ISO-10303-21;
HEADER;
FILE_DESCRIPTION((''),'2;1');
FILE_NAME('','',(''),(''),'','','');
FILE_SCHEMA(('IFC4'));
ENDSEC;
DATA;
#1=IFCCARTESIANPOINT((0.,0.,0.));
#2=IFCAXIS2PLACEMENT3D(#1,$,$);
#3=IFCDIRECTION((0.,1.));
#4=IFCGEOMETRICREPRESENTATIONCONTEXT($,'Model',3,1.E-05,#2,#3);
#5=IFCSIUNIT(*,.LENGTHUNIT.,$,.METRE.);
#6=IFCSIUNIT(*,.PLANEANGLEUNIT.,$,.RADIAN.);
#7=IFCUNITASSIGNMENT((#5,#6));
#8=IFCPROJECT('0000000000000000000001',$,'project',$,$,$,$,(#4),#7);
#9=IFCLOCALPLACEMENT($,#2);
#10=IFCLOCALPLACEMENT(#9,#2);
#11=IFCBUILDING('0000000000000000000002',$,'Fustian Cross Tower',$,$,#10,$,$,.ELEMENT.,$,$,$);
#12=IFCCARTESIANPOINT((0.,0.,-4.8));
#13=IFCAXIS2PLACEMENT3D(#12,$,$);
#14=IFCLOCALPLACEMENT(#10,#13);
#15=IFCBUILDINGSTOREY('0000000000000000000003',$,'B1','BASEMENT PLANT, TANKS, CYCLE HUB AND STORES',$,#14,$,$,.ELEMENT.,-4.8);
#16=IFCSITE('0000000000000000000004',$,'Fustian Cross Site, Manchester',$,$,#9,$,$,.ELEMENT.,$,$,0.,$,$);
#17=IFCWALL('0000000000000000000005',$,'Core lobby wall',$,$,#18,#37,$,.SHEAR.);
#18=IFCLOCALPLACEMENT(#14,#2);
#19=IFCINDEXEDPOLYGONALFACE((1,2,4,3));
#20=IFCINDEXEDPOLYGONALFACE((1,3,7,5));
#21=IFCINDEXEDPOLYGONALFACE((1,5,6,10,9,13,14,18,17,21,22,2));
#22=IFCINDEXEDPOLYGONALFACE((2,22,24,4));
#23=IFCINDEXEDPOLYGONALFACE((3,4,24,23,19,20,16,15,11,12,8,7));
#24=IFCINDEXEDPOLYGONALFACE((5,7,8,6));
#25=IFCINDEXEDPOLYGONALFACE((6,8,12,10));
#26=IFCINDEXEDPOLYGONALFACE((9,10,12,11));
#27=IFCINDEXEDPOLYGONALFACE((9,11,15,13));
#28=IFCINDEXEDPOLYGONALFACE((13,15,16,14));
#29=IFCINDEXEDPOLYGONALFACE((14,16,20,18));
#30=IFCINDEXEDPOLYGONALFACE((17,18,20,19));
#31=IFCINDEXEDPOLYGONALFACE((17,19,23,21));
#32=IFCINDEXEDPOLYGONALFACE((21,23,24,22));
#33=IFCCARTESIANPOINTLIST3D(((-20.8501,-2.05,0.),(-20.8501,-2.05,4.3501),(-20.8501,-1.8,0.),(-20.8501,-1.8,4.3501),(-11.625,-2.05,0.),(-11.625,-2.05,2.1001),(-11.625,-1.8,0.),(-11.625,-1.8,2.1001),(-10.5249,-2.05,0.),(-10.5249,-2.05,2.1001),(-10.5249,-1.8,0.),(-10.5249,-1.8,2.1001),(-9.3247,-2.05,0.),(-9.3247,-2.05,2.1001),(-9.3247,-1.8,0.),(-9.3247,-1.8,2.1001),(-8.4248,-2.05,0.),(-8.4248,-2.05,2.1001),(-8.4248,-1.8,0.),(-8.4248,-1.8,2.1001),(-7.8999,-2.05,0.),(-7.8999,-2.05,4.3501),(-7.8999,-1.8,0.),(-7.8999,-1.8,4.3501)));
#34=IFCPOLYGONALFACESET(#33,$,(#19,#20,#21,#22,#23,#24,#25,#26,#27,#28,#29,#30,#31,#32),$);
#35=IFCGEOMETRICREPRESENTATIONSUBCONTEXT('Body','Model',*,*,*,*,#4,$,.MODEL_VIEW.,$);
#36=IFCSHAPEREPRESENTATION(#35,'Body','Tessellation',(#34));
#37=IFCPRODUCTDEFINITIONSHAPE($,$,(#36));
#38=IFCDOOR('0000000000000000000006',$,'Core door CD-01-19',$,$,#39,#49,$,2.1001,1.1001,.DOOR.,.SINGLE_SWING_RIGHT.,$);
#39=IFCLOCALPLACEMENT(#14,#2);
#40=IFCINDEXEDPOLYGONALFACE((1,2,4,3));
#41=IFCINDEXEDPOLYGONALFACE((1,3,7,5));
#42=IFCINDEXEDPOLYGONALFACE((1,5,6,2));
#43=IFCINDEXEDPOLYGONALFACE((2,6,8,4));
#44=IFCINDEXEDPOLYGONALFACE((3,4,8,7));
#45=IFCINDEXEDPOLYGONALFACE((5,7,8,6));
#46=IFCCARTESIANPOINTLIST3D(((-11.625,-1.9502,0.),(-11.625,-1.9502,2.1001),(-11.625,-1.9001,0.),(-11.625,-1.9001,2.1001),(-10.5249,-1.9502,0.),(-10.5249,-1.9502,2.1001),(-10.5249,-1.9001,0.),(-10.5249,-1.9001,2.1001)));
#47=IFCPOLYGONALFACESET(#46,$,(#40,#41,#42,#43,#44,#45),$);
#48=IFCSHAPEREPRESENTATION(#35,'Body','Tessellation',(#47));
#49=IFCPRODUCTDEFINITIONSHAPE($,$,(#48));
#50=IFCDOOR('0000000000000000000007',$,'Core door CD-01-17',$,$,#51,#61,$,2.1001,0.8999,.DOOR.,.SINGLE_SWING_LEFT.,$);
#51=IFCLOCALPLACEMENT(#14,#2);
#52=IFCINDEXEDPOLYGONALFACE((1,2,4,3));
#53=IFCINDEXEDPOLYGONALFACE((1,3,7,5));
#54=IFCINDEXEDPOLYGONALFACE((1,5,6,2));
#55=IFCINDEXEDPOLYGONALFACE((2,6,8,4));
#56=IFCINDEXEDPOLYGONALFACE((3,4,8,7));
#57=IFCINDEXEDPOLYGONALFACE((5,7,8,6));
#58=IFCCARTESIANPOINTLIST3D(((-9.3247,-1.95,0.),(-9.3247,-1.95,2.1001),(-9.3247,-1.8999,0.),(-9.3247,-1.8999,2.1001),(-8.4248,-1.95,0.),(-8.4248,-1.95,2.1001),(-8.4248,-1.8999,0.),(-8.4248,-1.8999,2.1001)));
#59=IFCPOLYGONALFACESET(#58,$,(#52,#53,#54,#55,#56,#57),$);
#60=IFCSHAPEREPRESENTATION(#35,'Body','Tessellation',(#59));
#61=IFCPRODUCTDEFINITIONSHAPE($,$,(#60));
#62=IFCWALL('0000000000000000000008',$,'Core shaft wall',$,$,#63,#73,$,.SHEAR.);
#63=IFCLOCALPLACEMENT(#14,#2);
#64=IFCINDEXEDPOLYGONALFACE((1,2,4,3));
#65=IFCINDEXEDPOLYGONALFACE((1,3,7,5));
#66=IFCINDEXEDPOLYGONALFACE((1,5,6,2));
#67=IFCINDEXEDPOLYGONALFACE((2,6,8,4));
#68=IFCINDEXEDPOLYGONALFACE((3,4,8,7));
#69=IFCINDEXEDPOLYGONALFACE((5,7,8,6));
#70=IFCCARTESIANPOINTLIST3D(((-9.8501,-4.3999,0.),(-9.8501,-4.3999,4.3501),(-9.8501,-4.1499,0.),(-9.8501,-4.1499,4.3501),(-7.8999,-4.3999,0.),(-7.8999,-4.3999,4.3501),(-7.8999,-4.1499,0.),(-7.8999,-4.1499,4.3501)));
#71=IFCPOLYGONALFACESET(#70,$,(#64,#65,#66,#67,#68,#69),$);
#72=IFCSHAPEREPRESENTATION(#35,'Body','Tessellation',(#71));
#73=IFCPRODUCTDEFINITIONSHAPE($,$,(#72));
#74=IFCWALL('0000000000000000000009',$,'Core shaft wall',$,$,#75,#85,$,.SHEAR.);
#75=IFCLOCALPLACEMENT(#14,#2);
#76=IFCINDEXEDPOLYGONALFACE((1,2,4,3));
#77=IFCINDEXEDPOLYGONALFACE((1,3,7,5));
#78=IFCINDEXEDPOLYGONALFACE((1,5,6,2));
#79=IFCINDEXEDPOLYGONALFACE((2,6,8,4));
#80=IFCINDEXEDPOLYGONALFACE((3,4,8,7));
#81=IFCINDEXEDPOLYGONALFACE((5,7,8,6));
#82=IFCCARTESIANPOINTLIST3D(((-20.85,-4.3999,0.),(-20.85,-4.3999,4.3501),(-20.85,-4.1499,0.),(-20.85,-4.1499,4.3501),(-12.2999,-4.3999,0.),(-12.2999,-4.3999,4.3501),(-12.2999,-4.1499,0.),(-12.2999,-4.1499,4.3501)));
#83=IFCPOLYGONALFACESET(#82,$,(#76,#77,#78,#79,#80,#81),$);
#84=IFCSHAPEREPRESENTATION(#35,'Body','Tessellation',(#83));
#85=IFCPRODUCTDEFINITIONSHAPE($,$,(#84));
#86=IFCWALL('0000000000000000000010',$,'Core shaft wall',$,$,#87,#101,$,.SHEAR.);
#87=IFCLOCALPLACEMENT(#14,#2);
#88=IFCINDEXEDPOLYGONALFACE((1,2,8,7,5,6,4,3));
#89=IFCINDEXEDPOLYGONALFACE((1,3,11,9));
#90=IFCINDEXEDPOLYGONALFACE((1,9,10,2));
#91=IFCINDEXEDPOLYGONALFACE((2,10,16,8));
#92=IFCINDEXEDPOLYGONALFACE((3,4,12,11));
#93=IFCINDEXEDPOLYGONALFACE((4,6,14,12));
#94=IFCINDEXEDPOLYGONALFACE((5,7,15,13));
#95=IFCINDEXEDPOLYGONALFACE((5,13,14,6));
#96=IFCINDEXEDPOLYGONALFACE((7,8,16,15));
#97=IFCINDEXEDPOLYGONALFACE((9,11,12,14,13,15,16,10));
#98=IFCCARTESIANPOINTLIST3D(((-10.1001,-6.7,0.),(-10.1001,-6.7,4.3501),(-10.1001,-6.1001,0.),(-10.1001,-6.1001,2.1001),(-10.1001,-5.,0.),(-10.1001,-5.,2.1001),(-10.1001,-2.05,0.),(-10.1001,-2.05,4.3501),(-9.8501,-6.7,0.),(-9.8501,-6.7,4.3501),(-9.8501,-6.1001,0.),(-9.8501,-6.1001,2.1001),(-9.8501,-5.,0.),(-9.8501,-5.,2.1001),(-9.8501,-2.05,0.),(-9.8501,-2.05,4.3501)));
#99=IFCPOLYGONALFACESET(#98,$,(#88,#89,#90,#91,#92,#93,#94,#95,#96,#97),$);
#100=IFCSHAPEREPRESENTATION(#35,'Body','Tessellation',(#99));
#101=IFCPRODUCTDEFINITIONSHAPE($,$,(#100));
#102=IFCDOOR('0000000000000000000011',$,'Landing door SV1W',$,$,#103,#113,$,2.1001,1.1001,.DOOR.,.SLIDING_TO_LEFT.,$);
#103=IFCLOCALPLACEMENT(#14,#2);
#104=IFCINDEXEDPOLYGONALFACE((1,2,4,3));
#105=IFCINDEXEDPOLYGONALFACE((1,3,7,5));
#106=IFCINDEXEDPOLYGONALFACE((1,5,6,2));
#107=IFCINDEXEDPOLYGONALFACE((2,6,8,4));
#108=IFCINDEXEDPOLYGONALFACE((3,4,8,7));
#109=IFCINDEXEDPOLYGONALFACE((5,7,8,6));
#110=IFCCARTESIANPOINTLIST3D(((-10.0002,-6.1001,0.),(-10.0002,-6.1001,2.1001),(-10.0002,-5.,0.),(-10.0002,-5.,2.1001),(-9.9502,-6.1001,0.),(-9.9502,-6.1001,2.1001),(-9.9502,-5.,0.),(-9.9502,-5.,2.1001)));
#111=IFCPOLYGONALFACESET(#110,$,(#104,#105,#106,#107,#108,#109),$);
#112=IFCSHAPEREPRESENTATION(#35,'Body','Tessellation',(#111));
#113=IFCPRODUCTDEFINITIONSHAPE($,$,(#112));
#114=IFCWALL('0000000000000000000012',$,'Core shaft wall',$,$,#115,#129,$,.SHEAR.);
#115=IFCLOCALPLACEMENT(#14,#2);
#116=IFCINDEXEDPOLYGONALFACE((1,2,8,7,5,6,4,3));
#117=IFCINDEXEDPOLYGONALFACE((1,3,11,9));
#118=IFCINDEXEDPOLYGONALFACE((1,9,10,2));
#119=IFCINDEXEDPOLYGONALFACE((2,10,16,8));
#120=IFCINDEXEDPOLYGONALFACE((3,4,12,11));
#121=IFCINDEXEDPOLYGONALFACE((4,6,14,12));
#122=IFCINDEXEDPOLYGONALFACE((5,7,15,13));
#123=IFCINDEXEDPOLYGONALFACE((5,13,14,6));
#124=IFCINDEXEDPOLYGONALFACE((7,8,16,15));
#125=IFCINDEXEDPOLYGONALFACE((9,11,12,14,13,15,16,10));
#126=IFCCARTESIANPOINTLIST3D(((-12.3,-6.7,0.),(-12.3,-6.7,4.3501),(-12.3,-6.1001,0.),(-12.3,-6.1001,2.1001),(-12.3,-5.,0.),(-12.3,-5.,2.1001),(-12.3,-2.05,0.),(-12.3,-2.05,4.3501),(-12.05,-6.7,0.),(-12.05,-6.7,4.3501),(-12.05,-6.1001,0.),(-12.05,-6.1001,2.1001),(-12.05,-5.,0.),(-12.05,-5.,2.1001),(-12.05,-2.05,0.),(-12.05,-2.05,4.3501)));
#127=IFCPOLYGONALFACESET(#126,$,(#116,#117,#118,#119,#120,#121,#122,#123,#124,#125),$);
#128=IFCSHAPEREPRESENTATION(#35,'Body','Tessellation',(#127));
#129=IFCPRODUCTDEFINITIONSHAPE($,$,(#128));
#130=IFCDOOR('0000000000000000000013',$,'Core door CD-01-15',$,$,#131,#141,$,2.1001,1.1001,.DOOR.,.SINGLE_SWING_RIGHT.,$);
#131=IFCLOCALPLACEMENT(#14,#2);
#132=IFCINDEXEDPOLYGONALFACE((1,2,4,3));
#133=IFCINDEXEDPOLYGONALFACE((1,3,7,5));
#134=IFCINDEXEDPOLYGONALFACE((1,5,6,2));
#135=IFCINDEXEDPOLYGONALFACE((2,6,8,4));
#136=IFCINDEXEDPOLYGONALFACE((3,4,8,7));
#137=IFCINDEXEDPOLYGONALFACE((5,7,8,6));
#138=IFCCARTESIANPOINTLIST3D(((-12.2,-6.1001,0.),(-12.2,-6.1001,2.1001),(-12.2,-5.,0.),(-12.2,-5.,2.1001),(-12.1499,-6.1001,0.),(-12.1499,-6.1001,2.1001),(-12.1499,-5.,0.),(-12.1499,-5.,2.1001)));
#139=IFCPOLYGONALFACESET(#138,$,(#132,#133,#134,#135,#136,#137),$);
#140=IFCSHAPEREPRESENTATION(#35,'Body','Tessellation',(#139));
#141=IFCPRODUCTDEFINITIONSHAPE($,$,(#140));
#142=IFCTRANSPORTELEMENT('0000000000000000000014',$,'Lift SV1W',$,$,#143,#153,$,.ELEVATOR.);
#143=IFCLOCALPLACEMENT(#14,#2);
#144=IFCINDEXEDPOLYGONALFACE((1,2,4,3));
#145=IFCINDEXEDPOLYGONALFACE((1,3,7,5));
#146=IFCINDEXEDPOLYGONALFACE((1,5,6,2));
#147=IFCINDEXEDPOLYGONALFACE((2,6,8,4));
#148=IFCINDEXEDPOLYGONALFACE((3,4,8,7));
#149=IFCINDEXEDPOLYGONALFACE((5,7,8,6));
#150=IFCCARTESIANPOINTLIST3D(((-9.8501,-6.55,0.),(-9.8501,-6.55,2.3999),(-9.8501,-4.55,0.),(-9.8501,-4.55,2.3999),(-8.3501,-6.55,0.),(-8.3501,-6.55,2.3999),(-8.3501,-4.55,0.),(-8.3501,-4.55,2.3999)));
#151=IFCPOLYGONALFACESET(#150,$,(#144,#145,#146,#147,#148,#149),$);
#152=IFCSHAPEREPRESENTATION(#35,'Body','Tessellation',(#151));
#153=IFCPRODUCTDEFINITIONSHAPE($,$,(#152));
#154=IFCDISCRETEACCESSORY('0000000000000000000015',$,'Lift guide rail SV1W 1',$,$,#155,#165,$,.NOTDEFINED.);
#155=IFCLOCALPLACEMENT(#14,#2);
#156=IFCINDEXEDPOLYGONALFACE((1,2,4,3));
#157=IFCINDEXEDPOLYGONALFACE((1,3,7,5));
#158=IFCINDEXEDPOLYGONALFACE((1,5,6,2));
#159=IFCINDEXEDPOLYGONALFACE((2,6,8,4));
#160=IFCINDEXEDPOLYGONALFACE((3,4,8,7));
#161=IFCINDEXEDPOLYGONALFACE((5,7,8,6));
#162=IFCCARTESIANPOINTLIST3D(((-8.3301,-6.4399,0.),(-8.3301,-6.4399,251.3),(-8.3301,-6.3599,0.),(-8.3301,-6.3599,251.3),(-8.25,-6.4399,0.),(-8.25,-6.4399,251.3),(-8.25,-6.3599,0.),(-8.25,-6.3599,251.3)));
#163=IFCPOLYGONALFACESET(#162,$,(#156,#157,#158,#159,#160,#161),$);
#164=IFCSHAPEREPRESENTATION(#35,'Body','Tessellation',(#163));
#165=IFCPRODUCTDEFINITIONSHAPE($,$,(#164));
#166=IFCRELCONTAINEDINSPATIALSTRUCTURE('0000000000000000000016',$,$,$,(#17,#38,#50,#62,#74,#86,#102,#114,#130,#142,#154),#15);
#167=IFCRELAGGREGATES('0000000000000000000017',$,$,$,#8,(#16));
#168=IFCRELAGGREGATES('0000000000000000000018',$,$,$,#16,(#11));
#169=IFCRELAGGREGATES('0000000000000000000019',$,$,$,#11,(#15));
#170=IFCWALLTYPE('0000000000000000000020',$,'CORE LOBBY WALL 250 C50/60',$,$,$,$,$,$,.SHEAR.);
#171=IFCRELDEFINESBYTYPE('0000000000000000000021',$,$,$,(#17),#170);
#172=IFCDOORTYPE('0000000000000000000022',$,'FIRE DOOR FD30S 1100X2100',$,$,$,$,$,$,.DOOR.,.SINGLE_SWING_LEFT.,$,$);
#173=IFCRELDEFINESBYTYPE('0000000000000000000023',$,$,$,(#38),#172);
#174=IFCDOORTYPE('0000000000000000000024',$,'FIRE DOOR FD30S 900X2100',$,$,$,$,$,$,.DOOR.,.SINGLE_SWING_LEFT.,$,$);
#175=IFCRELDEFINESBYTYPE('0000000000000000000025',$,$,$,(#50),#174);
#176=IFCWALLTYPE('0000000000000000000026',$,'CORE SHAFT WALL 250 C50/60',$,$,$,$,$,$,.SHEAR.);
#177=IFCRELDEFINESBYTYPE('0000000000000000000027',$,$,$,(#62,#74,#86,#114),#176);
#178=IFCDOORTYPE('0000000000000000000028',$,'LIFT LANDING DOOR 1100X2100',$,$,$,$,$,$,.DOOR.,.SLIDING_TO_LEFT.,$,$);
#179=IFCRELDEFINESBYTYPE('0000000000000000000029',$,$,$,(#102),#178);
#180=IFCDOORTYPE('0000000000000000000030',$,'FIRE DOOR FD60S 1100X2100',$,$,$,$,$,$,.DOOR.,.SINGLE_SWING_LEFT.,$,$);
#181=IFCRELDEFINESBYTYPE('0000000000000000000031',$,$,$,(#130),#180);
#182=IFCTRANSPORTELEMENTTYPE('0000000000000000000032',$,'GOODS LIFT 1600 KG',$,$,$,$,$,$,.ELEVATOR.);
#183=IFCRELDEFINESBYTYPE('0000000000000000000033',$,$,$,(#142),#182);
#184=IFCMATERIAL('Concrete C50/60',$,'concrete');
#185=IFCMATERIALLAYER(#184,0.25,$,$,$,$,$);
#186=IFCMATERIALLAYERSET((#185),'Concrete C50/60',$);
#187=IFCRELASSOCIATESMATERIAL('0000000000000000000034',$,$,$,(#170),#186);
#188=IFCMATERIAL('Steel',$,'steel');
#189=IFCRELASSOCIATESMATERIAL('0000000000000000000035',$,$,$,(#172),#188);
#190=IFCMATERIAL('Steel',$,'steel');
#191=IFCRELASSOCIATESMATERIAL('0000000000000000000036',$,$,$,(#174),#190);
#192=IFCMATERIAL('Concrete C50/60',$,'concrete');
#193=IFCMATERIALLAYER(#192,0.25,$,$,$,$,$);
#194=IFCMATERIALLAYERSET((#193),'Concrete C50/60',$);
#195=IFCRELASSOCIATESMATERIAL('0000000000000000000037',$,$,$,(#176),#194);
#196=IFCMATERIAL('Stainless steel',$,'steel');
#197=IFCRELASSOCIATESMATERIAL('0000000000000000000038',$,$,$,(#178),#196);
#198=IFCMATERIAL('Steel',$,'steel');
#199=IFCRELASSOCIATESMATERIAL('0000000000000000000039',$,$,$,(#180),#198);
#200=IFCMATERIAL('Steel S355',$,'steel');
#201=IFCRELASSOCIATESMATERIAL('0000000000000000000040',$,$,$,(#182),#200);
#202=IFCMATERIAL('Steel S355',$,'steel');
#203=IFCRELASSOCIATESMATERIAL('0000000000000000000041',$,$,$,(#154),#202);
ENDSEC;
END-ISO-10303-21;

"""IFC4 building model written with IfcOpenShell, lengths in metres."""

from ifc_helpers import new_model, si_unit, direction, frame, frame_2d, origin, origin_2d, place, context, subcontext, project, spatial, rectangle, extrude, material, layer, layer_set, type_object, element, fill, save


model = new_model("IFC4")

# Units and contexts
model_context = context("Model", 3, precision=1e-05, world=origin(), true_north=direction((0.0, 1.0)))
body_context = subcontext(model_context, "Body", "Model", "MODEL_VIEW")
ifc_project = project(units=[si_unit("LENGTHUNIT", "METRE"), si_unit("PLANEANGLEUNIT", "RADIAN")], contexts=[model_context])

# Site, building, storey
site_placement = place(None, origin())
site = spatial("IfcSite", under=ifc_project, at=site_placement, Name="Fustian Cross Site, Manchester", CompositionType="ELEMENT", RefElevation=0.0)
building_placement = place(site_placement, origin())
building = spatial("IfcBuilding", under=site, at=building_placement, Name="Fustian Cross Tower", CompositionType="ELEMENT")
storey_placement = place(building_placement, frame((0.0, 0.0, -4.8)))
storey = spatial("IfcBuildingStorey", under=building, at=storey_placement, Name="B1", Description="BASEMENT PLANT, TANKS, CYCLE HUB AND STORES", CompositionType="ELEMENT", Elevation=-4.8)

# Wall, openings, doors
ifc_material_1 = material(Name="Concrete C50/60", Category="concrete")
ifc_layer_1 = layer(ifc_material_1, 0.25)
ifc_layer_set_1 = layer_set([ifc_layer_1], Name="Concrete C50/60")
wall_type_1 = type_object("IfcWallType", Name="CORE LOBBY WALL 250 C50/60", PredefinedType="SHEAR", material=ifc_layer_set_1)
wall_1_placement = place(storey_placement, frame((-7.8999, -1.925, 0.0), z_axis=(0.0, 0.0, 1.0), x_axis=(-1.0, 0.0, 0.0)))
wall_1 = element("IfcWall", 1, at=wall_1_placement, inside=storey, type_object=wall_type_1, Name="Core lobby wall", PredefinedType="SHEAR", context=body_context, shape_type="SweptSolid", body=[
    extrude(rectangle(XDim=12.9502, YDim=0.25, at=frame_2d((6.4751, 0.0))), origin(), (0.0, 0.0, 1.0), 4.3501),
])
opening_1_placement = place(wall_1_placement, frame((0.5249, 0.0, 0.0)))
opening_1 = element("IfcOpeningElement", 2, at=opening_1_placement, cuts=wall_1, PredefinedType="OPENING", context=body_context, shape_type="SweptSolid", body=[
    extrude(rectangle(XDim=0.8999, YDim=2.1001, at=frame_2d((0.45, 1.05))), frame((0.0, 0.135, 0.0), z_axis=(0.0, -1.0, 0.0), x_axis=(1.0, 0.0, 0.0)), (0.0, 0.0, 1.0), 0.27),
])
opening_2_placement = place(wall_1_placement, frame((2.625, 0.0, 0.0)))
opening_2 = element("IfcOpeningElement", 3, at=opening_2_placement, cuts=wall_1, PredefinedType="OPENING", context=body_context, shape_type="SweptSolid", body=[
    extrude(rectangle(XDim=1.1001, YDim=2.1001, at=frame_2d((0.55, 1.05))), frame((0.0, 0.135, 0.0), z_axis=(0.0, -1.0, 0.0), x_axis=(1.0, 0.0, 0.0)), (0.0, 0.0, 1.0), 0.27),
])
ifc_material_2 = material(Name="Steel", Category="steel")
door_type_1 = type_object("IfcDoorType", Name="FIRE DOOR FD30S 1100X2100", OperationType="SINGLE_SWING_LEFT", PredefinedType="DOOR", material=ifc_material_2)
door_1_placement = place(opening_2_placement, frame((1.1001, 0.0, 0.0), z_axis=(0.0, 0.0, 1.0), x_axis=(-1.0, 0.0, 0.0)))
door_1 = element("IfcDoor", 4, at=door_1_placement, inside=storey, type_object=door_type_1, Name="Core door CD-01-19", OperationType="SINGLE_SWING_RIGHT", OverallHeight=2.1001, OverallWidth=1.1001, PredefinedType="DOOR", context=body_context, shape_type="SweptSolid", body=[
    extrude(rectangle(XDim=1.1001, YDim=2.1001, at=frame_2d((0.55, 1.05))), frame((0.0, 0.0249, 0.0), z_axis=(0.0, -1.0, 0.0), x_axis=(1.0, 0.0, 0.0)), (0.0, 0.0, 1.0), 0.05),
])
fill(opening_2, door_1)
ifc_material_3 = material(Name="Steel", Category="steel")
door_type_2 = type_object("IfcDoorType", Name="FIRE DOOR FD30S 900X2100", OperationType="SINGLE_SWING_LEFT", PredefinedType="DOOR", material=ifc_material_3)
door_2_placement = place(opening_1_placement, origin())
door_2 = element("IfcDoor", 5, at=door_2_placement, inside=storey, type_object=door_type_2, Name="Core door CD-01-17", OperationType="SINGLE_SWING_LEFT", OverallHeight=2.1001, OverallWidth=0.8999, PredefinedType="DOOR", context=body_context, shape_type="SweptSolid", body=[
    extrude(rectangle(XDim=0.8999, YDim=2.1001, at=frame_2d((0.45, 1.05))), frame((0.0, 0.0249, 0.0), z_axis=(0.0, -1.0, 0.0), x_axis=(1.0, 0.0, 0.0)), (0.0, 0.0, 1.0), 0.05),
])
fill(opening_1, door_2)

# Walls
ifc_material_4 = material(Name="Concrete C50/60", Category="concrete")
ifc_layer_2 = layer(ifc_material_4, 0.25)
ifc_layer_set_2 = layer_set([ifc_layer_2], Name="Concrete C50/60")
wall_type_2 = type_object("IfcWallType", Name="CORE SHAFT WALL 250 C50/60", PredefinedType="SHEAR", material=ifc_layer_set_2)
wall_2_placement = place(storey_placement, frame((-7.8999, -4.2749, 0.0), z_axis=(0.0, 0.0, 1.0), x_axis=(-1.0, 0.0, 0.0)))
element("IfcWall", 6, at=wall_2_placement, inside=storey, type_object=wall_type_2, Name="Core shaft wall", PredefinedType="SHEAR", context=body_context, shape_type="SweptSolid", body=[
    extrude(rectangle(XDim=1.9502, YDim=0.25, at=frame_2d((0.9751, 0.0))), origin(), (0.0, 0.0, 1.0), 4.3501),
])
wall_3_placement = place(storey_placement, frame((-12.3, -4.2749, 0.0), z_axis=(0.0, 0.0, 1.0), x_axis=(-1.0, 0.0, 0.0)))
element("IfcWall", 7, at=wall_3_placement, inside=storey, type_object=wall_type_2, Name="Core shaft wall", PredefinedType="SHEAR", context=body_context, shape_type="SweptSolid", body=[
    extrude(rectangle(XDim=8.55, YDim=0.25, at=frame_2d((4.2749, 0.0))), origin(), (0.0, 0.0, 1.0), 4.3501),
])

# Walls, openings, doors
wall_4_placement = place(storey_placement, frame((-9.9751, -2.05, 0.0), z_axis=(0.0, 0.0, 1.0), x_axis=(0.0, -1.0, 0.0)))
wall_4 = element("IfcWall", 8, at=wall_4_placement, inside=storey, type_object=wall_type_2, Name="Core shaft wall", PredefinedType="SHEAR", context=body_context, shape_type="SweptSolid", body=[
    extrude(rectangle(XDim=4.6499, YDim=0.25, at=frame_2d((2.325, 0.0))), origin(), (0.0, 0.0, 1.0), 4.3501),
])
opening_3_placement = place(wall_4_placement, frame((2.95, 0.0, 0.0)))
opening_3 = element("IfcOpeningElement", 9, at=opening_3_placement, cuts=wall_4, PredefinedType="OPENING", context=body_context, shape_type="SweptSolid", body=[
    extrude(rectangle(XDim=1.1001, YDim=2.1001, at=frame_2d((0.55, 1.05))), frame((0.0, 0.135, 0.0), z_axis=(0.0, -1.0, 0.0), x_axis=(1.0, 0.0, 0.0)), (0.0, 0.0, 1.0), 0.27),
])
ifc_material_5 = material(Name="Stainless steel", Category="steel")
door_type_3 = type_object("IfcDoorType", Name="LIFT LANDING DOOR 1100X2100", OperationType="SLIDING_TO_LEFT", PredefinedType="DOOR", material=ifc_material_5)
door_3_placement = place(opening_3_placement, origin())
door_3 = element("IfcDoor", 10, at=door_3_placement, inside=storey, type_object=door_type_3, Name="Landing door SV1W", OperationType="SLIDING_TO_LEFT", OverallHeight=2.1001, OverallWidth=1.1001, PredefinedType="DOOR", context=body_context, shape_type="SweptSolid", body=[
    extrude(rectangle(XDim=1.1001, YDim=2.1001, at=frame_2d((0.55, 1.05))), frame((0.0, 0.0249, 0.0), z_axis=(0.0, -1.0, 0.0), x_axis=(1.0, 0.0, 0.0)), (0.0, 0.0, 1.0), 0.05),
])
fill(opening_3, door_3)
wall_5_placement = place(storey_placement, frame((-12.175, -2.05, 0.0), z_axis=(0.0, 0.0, 1.0), x_axis=(0.0, -1.0, 0.0)))
wall_5 = element("IfcWall", 11, at=wall_5_placement, inside=storey, type_object=wall_type_2, Name="Core shaft wall", PredefinedType="SHEAR", context=body_context, shape_type="SweptSolid", body=[
    extrude(rectangle(XDim=4.6499, YDim=0.25, at=frame_2d((2.325, 0.0))), origin(), (0.0, 0.0, 1.0), 4.3501),
])
opening_4_placement = place(wall_5_placement, frame((2.95, 0.0, 0.0)))
opening_4 = element("IfcOpeningElement", 12, at=opening_4_placement, cuts=wall_5, PredefinedType="OPENING", context=body_context, shape_type="SweptSolid", body=[
    extrude(rectangle(XDim=1.1001, YDim=2.1001, at=frame_2d((0.55, 1.05))), frame((0.0, 0.135, 0.0), z_axis=(0.0, -1.0, 0.0), x_axis=(1.0, 0.0, 0.0)), (0.0, 0.0, 1.0), 0.27),
])
ifc_material_6 = material(Name="Steel", Category="steel")
door_type_4 = type_object("IfcDoorType", Name="FIRE DOOR FD60S 1100X2100", OperationType="SINGLE_SWING_LEFT", PredefinedType="DOOR", material=ifc_material_6)
door_4_placement = place(opening_4_placement, frame((1.1001, 0.0, 0.0), z_axis=(0.0, 0.0, 1.0), x_axis=(-1.0, 0.0, 0.0)))
door_4 = element("IfcDoor", 13, at=door_4_placement, inside=storey, type_object=door_type_4, Name="Core door CD-01-15", OperationType="SINGLE_SWING_RIGHT", OverallHeight=2.1001, OverallWidth=1.1001, PredefinedType="DOOR", context=body_context, shape_type="SweptSolid", body=[
    extrude(rectangle(XDim=1.1001, YDim=2.1001, at=frame_2d((0.55, 1.05))), frame((0.0, 0.0249, 0.0), z_axis=(0.0, -1.0, 0.0), x_axis=(1.0, 0.0, 0.0)), (0.0, 0.0, 1.0), 0.05),
])
fill(opening_4, door_4)

# Transport element
ifc_material_7 = material(Name="Steel S355", Category="steel")
transport_element_type = type_object("IfcTransportElementType", Name="GOODS LIFT 1600 KG", PredefinedType="ELEVATOR", material=ifc_material_7)
transport_element_placement = place(storey_placement, frame((-9.1001, -5.55, 0.0), z_axis=(0.0, 0.0, 1.0), x_axis=(1.0, 0.0, 0.0)))
element("IfcTransportElement", 14, at=transport_element_placement, inside=storey, type_object=transport_element_type, Name="Lift SV1W", PredefinedType="ELEVATOR", context=body_context, shape_type="SweptSolid", body=[
    extrude(rectangle(XDim=1.5, YDim=2.0, at=origin_2d()), origin(), (0.0, 0.0, 1.0), 2.3999),
])

# Discrete accessory
ifc_material_8 = material(Name="Steel S355", Category="steel")
for number, where, z_axis, x_axis, name in (
    (15, (-8.29, -6.3999, 0.0), (0.0, 0.0, 1.0), (1.0, 0.0, 0.0), "Lift guide rail SV1W 1"),
):
    element("IfcDiscreteAccessory", number, at=place(storey_placement, frame(where, z_axis=z_axis, x_axis=x_axis)), inside=storey, material=ifc_material_8, Name=name, PredefinedType="NOTDEFINED", context=body_context, shape_type="SweptSolid", body=[
        extrude(rectangle(XDim=0.0801, YDim=0.0801, at=origin_2d()), origin(), (0.0, 0.0, 1.0), 251.3),
    ])

save(model, "model.ifc")
